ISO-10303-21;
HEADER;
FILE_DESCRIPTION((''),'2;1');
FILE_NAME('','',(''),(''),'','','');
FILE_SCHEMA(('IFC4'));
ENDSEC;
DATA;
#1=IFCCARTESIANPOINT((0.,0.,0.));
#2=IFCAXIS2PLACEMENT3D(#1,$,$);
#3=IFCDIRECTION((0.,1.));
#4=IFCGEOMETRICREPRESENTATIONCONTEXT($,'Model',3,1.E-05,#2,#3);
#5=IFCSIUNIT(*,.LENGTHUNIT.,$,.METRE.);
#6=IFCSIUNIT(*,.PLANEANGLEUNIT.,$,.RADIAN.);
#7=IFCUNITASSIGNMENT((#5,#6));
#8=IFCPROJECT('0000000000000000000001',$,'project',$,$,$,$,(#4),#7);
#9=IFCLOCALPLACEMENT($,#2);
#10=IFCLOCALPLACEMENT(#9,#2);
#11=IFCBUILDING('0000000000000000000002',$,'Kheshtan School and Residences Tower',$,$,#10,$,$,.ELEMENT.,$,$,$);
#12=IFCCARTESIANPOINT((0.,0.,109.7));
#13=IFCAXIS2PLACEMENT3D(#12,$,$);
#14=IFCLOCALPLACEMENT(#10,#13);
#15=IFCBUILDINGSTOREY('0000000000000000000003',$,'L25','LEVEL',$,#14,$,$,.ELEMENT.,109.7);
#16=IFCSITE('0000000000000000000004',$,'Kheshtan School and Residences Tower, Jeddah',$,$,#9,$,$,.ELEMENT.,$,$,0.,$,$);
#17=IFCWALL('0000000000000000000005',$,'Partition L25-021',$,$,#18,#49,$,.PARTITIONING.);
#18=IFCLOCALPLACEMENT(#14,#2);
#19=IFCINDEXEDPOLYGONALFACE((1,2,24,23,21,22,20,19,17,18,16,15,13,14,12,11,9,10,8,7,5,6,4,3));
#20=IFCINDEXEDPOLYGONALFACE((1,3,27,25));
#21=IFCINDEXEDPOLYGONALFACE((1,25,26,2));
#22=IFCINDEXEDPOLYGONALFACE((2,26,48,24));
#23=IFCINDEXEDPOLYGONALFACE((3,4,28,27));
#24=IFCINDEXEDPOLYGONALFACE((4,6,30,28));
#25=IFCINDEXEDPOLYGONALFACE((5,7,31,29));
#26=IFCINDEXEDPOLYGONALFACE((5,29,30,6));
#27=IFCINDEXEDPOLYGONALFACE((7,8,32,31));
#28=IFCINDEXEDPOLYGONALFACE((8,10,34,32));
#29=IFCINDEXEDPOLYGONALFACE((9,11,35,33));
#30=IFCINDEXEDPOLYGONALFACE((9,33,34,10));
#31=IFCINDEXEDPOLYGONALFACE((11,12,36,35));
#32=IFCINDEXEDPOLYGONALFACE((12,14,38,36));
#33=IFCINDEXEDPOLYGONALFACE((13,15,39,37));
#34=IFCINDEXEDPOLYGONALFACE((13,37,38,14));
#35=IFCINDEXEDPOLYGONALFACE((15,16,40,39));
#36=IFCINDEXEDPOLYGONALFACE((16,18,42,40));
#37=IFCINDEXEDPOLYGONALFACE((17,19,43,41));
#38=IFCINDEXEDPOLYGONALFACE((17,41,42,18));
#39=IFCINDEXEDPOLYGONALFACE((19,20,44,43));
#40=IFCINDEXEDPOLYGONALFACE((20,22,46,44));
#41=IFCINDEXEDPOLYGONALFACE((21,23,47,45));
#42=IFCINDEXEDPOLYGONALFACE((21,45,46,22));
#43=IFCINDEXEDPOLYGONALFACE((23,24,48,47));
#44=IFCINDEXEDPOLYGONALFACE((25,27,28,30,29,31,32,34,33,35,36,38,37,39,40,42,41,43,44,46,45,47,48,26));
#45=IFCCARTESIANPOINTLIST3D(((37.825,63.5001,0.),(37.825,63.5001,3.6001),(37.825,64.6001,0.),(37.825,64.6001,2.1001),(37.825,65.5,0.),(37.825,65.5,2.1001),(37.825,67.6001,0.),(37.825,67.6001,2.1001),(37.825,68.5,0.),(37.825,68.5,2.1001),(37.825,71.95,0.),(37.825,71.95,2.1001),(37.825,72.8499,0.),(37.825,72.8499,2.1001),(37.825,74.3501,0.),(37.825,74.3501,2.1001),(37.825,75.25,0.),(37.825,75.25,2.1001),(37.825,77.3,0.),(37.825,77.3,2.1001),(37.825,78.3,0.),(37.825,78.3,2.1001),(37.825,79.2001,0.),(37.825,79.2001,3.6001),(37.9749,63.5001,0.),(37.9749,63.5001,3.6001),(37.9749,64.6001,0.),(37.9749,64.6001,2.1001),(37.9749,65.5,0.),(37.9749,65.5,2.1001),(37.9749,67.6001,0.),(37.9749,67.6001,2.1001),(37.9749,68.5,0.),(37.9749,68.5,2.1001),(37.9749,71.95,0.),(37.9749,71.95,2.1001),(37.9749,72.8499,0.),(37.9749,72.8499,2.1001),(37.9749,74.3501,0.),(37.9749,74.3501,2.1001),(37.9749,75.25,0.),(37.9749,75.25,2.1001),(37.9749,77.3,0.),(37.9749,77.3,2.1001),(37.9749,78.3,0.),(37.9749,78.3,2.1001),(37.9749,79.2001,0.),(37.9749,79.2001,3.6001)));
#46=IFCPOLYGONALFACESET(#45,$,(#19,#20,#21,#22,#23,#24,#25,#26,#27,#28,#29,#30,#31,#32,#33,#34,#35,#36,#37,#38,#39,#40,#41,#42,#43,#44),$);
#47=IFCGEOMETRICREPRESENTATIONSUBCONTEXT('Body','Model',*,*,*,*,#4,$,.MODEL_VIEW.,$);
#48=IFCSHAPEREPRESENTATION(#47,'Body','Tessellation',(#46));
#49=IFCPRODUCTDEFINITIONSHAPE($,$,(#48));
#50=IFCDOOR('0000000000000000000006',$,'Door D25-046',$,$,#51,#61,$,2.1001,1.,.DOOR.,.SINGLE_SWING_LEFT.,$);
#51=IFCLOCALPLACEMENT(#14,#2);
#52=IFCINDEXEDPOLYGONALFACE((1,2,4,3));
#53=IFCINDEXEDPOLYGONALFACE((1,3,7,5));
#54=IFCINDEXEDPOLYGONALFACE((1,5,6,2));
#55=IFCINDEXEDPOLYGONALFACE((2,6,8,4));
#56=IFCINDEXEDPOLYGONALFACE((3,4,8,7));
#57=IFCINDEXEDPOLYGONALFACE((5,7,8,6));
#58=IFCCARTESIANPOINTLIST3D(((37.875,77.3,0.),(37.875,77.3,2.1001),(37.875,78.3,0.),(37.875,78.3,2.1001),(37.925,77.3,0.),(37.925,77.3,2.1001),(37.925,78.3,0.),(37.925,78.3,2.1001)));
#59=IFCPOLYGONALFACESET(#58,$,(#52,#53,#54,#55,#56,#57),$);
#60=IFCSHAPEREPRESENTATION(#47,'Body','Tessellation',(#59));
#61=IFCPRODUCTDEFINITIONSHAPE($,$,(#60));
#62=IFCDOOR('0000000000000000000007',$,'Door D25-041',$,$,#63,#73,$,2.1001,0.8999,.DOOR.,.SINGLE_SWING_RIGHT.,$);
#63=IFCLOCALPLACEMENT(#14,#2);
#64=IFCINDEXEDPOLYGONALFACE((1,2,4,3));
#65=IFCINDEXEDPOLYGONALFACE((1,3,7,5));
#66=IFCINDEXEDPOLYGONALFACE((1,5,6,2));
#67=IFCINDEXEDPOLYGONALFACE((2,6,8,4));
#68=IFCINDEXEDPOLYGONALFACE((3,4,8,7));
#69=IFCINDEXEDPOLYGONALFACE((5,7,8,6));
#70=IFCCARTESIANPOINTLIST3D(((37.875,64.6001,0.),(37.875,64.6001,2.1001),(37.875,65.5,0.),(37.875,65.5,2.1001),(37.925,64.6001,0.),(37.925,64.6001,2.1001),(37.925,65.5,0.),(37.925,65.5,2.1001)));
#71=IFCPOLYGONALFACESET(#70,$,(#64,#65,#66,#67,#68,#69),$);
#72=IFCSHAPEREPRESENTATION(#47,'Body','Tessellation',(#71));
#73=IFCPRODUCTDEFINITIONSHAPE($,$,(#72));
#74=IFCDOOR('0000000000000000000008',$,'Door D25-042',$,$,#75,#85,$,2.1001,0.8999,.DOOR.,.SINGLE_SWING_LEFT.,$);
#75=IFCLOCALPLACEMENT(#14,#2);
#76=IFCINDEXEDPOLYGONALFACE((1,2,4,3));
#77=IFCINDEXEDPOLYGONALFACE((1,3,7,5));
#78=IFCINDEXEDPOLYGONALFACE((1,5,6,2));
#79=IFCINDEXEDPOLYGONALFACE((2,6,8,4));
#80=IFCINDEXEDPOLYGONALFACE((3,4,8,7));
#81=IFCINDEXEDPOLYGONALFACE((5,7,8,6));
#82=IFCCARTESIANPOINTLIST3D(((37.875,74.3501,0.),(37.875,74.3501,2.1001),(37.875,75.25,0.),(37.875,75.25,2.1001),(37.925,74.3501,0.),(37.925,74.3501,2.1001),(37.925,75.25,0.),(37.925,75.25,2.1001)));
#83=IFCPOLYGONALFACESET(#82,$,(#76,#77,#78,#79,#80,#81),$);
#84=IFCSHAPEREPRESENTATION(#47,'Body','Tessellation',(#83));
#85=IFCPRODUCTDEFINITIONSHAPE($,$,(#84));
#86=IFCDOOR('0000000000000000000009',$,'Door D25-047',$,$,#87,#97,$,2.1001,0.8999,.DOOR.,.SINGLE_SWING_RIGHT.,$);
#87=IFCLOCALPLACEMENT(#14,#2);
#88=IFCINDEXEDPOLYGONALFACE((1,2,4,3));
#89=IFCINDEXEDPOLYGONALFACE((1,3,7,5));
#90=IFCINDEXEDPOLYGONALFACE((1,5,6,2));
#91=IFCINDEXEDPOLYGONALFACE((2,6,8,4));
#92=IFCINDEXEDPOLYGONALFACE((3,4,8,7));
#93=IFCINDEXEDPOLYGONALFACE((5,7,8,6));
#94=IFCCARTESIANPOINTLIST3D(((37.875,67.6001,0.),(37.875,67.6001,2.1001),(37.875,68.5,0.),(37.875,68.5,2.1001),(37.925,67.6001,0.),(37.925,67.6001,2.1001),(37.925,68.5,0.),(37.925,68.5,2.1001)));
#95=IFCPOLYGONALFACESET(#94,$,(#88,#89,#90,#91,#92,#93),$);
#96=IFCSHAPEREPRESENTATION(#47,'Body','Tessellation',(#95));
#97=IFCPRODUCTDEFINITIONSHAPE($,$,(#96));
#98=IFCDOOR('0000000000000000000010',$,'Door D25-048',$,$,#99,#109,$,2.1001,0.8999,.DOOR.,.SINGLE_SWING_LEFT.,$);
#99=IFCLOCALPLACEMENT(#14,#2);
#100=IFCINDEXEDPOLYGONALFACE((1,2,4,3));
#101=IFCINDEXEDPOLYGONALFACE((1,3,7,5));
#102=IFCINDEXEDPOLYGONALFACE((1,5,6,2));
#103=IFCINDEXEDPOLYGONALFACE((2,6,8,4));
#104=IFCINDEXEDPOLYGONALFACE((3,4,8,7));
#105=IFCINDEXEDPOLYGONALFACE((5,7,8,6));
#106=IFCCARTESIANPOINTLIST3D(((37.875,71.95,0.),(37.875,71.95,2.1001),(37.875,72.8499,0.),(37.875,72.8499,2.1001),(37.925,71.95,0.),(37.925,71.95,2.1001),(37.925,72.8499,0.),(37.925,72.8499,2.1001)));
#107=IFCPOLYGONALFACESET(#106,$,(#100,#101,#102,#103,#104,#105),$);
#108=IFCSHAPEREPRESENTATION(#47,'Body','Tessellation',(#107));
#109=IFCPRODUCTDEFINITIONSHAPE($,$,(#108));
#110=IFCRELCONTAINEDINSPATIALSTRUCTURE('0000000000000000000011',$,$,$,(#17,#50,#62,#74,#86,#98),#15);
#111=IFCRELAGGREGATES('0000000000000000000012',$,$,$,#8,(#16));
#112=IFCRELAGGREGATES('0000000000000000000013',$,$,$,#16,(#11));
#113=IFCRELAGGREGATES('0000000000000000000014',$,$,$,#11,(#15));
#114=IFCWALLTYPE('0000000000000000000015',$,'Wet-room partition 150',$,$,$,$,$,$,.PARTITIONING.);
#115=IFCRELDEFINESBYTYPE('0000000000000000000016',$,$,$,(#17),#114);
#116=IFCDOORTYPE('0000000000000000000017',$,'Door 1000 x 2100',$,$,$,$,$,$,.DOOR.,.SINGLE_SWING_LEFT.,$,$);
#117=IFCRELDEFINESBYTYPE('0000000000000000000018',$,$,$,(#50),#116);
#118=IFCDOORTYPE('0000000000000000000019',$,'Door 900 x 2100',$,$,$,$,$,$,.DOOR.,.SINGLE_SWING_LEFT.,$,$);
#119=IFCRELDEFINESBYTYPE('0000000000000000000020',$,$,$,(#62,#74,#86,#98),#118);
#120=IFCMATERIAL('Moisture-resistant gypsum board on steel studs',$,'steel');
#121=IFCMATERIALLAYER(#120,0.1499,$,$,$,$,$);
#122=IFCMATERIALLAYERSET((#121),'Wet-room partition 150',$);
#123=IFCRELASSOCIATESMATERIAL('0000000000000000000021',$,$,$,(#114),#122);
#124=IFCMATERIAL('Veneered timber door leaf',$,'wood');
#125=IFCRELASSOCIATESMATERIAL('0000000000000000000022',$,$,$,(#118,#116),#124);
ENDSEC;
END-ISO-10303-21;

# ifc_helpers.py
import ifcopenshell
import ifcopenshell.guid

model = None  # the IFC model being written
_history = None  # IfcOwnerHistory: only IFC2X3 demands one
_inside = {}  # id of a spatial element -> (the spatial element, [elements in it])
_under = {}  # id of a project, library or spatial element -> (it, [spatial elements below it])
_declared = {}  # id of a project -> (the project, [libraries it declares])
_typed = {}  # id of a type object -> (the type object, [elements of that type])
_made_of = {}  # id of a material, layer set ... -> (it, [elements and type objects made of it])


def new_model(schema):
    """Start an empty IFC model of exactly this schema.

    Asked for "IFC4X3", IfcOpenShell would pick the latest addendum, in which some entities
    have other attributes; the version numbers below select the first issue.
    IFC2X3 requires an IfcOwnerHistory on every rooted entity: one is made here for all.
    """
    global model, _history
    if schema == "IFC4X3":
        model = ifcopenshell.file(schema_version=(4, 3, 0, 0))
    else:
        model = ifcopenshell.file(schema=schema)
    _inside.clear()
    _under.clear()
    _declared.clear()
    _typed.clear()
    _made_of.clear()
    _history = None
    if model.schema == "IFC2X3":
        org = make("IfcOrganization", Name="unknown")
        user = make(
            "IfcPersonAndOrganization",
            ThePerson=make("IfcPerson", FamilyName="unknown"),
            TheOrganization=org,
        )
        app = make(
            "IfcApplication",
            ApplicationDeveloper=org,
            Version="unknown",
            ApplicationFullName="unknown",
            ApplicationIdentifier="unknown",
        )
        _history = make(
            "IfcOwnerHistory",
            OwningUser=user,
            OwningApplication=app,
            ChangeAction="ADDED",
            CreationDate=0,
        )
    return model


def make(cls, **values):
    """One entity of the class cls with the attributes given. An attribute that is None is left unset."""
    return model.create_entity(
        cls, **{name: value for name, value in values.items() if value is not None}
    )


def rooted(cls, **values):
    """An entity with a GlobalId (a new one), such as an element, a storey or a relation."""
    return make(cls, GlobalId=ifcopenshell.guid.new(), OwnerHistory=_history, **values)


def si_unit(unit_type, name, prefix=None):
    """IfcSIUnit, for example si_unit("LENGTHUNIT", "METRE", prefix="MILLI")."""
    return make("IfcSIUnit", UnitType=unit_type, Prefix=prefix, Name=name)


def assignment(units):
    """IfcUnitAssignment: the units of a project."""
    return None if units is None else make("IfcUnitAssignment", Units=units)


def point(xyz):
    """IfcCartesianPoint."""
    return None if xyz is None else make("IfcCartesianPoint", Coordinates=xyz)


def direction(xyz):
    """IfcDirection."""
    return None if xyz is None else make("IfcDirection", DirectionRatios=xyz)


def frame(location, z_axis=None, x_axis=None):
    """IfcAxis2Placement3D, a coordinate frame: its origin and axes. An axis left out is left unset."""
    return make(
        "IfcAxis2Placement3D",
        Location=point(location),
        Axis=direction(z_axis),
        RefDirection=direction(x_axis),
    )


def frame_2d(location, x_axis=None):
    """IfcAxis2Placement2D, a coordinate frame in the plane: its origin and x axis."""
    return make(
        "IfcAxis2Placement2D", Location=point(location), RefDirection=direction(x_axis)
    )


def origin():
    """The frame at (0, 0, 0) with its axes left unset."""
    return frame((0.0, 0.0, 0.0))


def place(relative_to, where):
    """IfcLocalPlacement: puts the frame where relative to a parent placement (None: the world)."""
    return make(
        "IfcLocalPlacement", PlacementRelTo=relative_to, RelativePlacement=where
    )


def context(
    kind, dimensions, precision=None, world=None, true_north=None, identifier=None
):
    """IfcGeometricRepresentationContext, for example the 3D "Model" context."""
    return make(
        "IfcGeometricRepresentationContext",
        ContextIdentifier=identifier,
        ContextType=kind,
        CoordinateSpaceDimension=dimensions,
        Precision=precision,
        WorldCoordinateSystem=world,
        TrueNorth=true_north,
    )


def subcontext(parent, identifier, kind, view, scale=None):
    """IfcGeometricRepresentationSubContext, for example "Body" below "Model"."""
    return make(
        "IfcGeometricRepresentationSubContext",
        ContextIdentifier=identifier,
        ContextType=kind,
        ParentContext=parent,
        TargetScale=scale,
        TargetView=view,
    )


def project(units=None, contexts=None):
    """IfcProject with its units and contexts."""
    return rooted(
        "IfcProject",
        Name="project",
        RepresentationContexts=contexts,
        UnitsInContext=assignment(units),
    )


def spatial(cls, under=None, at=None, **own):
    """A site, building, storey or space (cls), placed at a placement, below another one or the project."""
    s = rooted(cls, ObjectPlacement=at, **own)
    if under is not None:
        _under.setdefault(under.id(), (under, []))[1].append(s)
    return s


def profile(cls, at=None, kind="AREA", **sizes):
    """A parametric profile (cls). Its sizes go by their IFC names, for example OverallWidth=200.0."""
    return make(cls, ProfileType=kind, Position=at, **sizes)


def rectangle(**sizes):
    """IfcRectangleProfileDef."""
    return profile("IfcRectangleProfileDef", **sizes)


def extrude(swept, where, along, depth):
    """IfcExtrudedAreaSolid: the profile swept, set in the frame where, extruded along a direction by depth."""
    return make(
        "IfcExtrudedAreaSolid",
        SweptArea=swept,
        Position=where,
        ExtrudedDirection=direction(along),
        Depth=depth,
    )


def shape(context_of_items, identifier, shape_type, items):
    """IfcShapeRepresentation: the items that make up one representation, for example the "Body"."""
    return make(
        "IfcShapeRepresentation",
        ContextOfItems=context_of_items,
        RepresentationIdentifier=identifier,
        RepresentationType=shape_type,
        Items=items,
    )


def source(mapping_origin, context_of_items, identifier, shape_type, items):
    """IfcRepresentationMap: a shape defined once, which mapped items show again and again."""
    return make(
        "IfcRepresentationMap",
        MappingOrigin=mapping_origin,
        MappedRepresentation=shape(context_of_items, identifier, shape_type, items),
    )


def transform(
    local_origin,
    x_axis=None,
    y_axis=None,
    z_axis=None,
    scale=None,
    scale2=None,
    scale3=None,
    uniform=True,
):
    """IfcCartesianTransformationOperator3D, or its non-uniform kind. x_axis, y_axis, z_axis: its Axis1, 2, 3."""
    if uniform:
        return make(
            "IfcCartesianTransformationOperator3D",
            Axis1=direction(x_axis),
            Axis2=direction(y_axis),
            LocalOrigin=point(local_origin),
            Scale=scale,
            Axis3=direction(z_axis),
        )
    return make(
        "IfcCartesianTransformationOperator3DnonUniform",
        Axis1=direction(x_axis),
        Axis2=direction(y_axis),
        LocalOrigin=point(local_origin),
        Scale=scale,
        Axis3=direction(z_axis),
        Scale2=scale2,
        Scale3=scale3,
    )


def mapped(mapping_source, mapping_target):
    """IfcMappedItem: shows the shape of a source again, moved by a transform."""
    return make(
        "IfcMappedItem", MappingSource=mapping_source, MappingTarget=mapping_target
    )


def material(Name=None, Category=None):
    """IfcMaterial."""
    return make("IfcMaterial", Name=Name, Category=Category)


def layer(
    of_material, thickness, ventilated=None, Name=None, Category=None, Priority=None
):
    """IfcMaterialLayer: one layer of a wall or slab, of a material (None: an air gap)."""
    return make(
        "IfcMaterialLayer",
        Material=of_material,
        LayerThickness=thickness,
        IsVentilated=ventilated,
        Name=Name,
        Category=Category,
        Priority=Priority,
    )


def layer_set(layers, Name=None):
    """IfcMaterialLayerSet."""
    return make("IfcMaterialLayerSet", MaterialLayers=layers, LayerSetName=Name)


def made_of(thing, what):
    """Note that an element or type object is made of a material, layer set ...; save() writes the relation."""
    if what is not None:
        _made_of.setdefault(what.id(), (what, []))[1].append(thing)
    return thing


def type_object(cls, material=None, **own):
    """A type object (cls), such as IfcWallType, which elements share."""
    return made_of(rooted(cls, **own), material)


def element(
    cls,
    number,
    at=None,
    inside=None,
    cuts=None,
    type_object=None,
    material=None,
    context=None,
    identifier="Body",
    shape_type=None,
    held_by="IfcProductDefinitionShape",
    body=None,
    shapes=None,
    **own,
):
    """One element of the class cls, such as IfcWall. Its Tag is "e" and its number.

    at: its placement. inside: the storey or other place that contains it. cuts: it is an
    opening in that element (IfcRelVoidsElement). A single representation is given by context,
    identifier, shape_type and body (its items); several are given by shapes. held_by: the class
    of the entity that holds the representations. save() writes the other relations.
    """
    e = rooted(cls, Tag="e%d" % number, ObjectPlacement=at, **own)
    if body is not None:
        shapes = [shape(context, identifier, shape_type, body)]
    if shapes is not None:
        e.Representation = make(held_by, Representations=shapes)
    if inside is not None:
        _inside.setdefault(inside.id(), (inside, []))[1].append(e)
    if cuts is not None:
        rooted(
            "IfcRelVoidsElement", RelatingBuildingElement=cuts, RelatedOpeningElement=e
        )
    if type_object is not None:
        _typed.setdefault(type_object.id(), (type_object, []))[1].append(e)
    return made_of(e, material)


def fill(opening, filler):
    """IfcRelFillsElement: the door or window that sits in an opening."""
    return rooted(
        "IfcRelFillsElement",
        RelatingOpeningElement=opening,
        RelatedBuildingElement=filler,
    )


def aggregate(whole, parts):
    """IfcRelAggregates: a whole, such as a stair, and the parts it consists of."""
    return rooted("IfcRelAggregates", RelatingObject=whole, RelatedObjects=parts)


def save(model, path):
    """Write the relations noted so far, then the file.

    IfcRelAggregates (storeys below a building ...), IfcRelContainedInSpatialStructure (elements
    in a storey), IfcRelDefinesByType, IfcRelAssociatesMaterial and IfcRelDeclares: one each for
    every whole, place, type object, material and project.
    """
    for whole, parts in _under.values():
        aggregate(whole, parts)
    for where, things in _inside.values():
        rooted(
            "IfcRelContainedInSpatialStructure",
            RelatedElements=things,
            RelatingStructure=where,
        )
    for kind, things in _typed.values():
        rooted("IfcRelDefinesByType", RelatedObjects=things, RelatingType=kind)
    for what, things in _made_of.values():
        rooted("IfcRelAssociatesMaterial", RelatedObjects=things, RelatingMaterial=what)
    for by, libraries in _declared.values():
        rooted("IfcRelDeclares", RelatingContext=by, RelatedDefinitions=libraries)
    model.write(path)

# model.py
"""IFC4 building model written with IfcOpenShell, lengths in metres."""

from ifc_helpers import new_model, si_unit, direction, frame, frame_2d, origin, place, context, subcontext, project, spatial, rectangle, extrude, source, transform, mapped, material, layer, layer_set, type_object, element, fill, save


model = new_model("IFC4")

# Units and contexts
model_context = context("Model", 3, precision=1e-05, world=origin(), true_north=direction((0.0, 1.0)))
body_context = subcontext(model_context, "Body", "Model", "MODEL_VIEW")
ifc_project = project(units=[si_unit("LENGTHUNIT", "METRE"), si_unit("PLANEANGLEUNIT", "RADIAN")], contexts=[model_context])

# Site, building, storey
site_placement = place(None, origin())
site = spatial("IfcSite", under=ifc_project, at=site_placement, Name="Kheshtan School and Residences Tower, Jeddah", CompositionType="ELEMENT", RefElevation=0.0)
building_placement = place(site_placement, origin())
building = spatial("IfcBuilding", under=site, at=building_placement, Name="Kheshtan School and Residences Tower", CompositionType="ELEMENT")
storey_placement = place(building_placement, frame((0.0, 0.0, 109.7)))
storey = spatial("IfcBuildingStorey", under=building, at=storey_placement, Name="L25", Description="LEVEL", CompositionType="ELEMENT", Elevation=109.7)

# Shared definitions
ifc_material_1 = material(Name="Moisture-resistant gypsum board on steel studs", Category="steel")
ifc_layer_1 = layer(ifc_material_1, 0.1499)
ifc_layer_set_1 = layer_set([ifc_layer_1], Name="Wet-room partition 150")
wall_type_1 = type_object("IfcWallType", Name="Wet-room partition 150", PredefinedType="PARTITIONING", material=ifc_layer_set_1)

# Wall, openings, doors
ifc_material_2 = material(Name="Veneered timber door leaf", Category="wood")
door_type_1 = type_object("IfcDoorType", Name="Door 900 x 2100", OperationType="SINGLE_SWING_LEFT", PredefinedType="DOOR", material=ifc_material_2)
shared_shape_1 = source(origin(), body_context, "Body", "SweptSolid", [
    extrude(rectangle(XDim=0.8999, YDim=2.1001, at=frame_2d((0.45, 1.05))), frame((0.0, 0.0249, 0.0), z_axis=(0.0, -1.0, 0.0), x_axis=(1.0, 0.0, 0.0)), (0.0, 0.0, 1.0), 0.05),
])
wall_1_placement = place(storey_placement, frame((37.8999, 63.5, 0.0), z_axis=(0.0, 0.0, 1.0), x_axis=(0.0, 1.0, 0.0)))
wall_1 = element("IfcWall", 1, at=wall_1_placement, inside=storey, type_object=wall_type_1, Name="Partition L25-021", PredefinedType="PARTITIONING", context=body_context, shape_type="SweptSolid", body=[
    extrude(rectangle(XDim=15.7, YDim=0.1499, at=frame_2d((7.8501, 0.0))), origin(), (0.0, 0.0, 1.0), 3.6001),
])
opening_1_placement = place(wall_1_placement, frame((1.1001, 0.0, 0.0)))
opening_1 = element("IfcOpeningElement", 2, at=opening_1_placement, cuts=wall_1, PredefinedType="OPENING", context=body_context, shape_type="SweptSolid", body=[
    extrude(rectangle(XDim=0.8999, YDim=2.1001, at=frame_2d((0.45, 1.05))), frame((0.0, 0.085, 0.0), z_axis=(0.0, -1.0, 0.0), x_axis=(1.0, 0.0, 0.0)), (0.0, 0.0, 1.0), 0.1699),
])
opening_2_placement = place(wall_1_placement, frame((10.8501, 0.0, 0.0)))
opening_2 = element("IfcOpeningElement", 3, at=opening_2_placement, cuts=wall_1, PredefinedType="OPENING", context=body_context, shape_type="SweptSolid", body=[
    extrude(rectangle(XDim=0.8999, YDim=2.1001, at=frame_2d((0.45, 1.05))), frame((0.0, 0.085, 0.0), z_axis=(0.0, -1.0, 0.0), x_axis=(1.0, 0.0, 0.0)), (0.0, 0.0, 1.0), 0.1699),
])
opening_3_placement = place(wall_1_placement, frame((13.8, 0.0, 0.0)))
opening_3 = element("IfcOpeningElement", 4, at=opening_3_placement, cuts=wall_1, PredefinedType="OPENING", context=body_context, shape_type="SweptSolid", body=[
    extrude(rectangle(XDim=1.0, YDim=2.1001, at=frame_2d((0.5, 1.05))), frame((0.0, 0.085, 0.0), z_axis=(0.0, -1.0, 0.0), x_axis=(1.0, 0.0, 0.0)), (0.0, 0.0, 1.0), 0.1699),
])
opening_4_placement = place(wall_1_placement, frame((4.1001, 0.0, 0.0)))
opening_4 = element("IfcOpeningElement", 5, at=opening_4_placement, cuts=wall_1, PredefinedType="OPENING", context=body_context, shape_type="SweptSolid", body=[
    extrude(rectangle(XDim=0.8999, YDim=2.1001, at=frame_2d((0.45, 1.05))), frame((0.0, 0.085, 0.0), z_axis=(0.0, -1.0, 0.0), x_axis=(1.0, 0.0, 0.0)), (0.0, 0.0, 1.0), 0.1699),
])
opening_5_placement = place(wall_1_placement, frame((8.45, 0.0, 0.0)))
opening_5 = element("IfcOpeningElement", 6, at=opening_5_placement, cuts=wall_1, PredefinedType="OPENING", context=body_context, shape_type="SweptSolid", body=[
    extrude(rectangle(XDim=0.8999, YDim=2.1001, at=frame_2d((0.45, 1.05))), frame((0.0, 0.085, 0.0), z_axis=(0.0, -1.0, 0.0), x_axis=(1.0, 0.0, 0.0)), (0.0, 0.0, 1.0), 0.1699),
])
door_type_2 = type_object("IfcDoorType", Name="Door 1000 x 2100", OperationType="SINGLE_SWING_LEFT", PredefinedType="DOOR", material=ifc_material_2)
shared_shape_2 = source(origin(), body_context, "Body", "SweptSolid", [
    extrude(rectangle(XDim=1.0, YDim=2.1001, at=frame_2d((0.5, 1.05))), frame((0.0, 0.0249, 0.0), z_axis=(0.0, -1.0, 0.0), x_axis=(1.0, 0.0, 0.0)), (0.0, 0.0, 1.0), 0.05),
])
door_1_placement = place(opening_3_placement, origin())
door_1 = element("IfcDoor", 7, at=door_1_placement, inside=storey, type_object=door_type_2, Name="Door D25-046", OperationType="SINGLE_SWING_LEFT", OverallHeight=2.1001, OverallWidth=1.0, PredefinedType="DOOR", context=body_context, shape_type="MappedRepresentation", body=[
    mapped(shared_shape_2, transform((0.0, 0.0, 0.0), x_axis=(1.0, 0.0, 0.0), y_axis=(0.0, 1.0, 0.0), z_axis=(0.0, 0.0, 1.0), scale=1.0)),
])
fill(opening_3, door_1)
door_2_placement = place(opening_1_placement, origin())
door_2 = element("IfcDoor", 8, at=door_2_placement, inside=storey, type_object=door_type_1, Name="Door D25-041", OperationType="SINGLE_SWING_RIGHT", OverallHeight=2.1001, OverallWidth=0.8999, PredefinedType="DOOR", context=body_context, shape_type="MappedRepresentation", body=[
    mapped(shared_shape_1, transform((0.0, 0.0, 0.0), x_axis=(1.0, 0.0, 0.0), y_axis=(0.0, 1.0, 0.0), z_axis=(0.0, 0.0, 1.0), scale=1.0)),
])
fill(opening_1, door_2)
door_3_placement = place(opening_2_placement, origin())
door_3 = element("IfcDoor", 9, at=door_3_placement, inside=storey, type_object=door_type_1, Name="Door D25-042", OperationType="SINGLE_SWING_LEFT", OverallHeight=2.1001, OverallWidth=0.8999, PredefinedType="DOOR", context=body_context, shape_type="MappedRepresentation", body=[
    mapped(shared_shape_1, transform((0.0, 0.0, 0.0), x_axis=(1.0, 0.0, 0.0), y_axis=(0.0, 1.0, 0.0), z_axis=(0.0, 0.0, 1.0), scale=1.0)),
])
fill(opening_2, door_3)
door_4_placement = place(opening_4_placement, origin())
door_4 = element("IfcDoor", 10, at=door_4_placement, inside=storey, type_object=door_type_1, Name="Door D25-047", OperationType="SINGLE_SWING_RIGHT", OverallHeight=2.1001, OverallWidth=0.8999, PredefinedType="DOOR", context=body_context, shape_type="MappedRepresentation", body=[
    mapped(shared_shape_1, transform((0.0, 0.0, 0.0), x_axis=(1.0, 0.0, 0.0), y_axis=(0.0, 1.0, 0.0), z_axis=(0.0, 0.0, 1.0), scale=1.0)),
])
fill(opening_4, door_4)
door_5_placement = place(opening_5_placement, origin())
door_5 = element("IfcDoor", 11, at=door_5_placement, inside=storey, type_object=door_type_1, Name="Door D25-048", OperationType="SINGLE_SWING_LEFT", OverallHeight=2.1001, OverallWidth=0.8999, PredefinedType="DOOR", context=body_context, shape_type="MappedRepresentation", body=[
    mapped(shared_shape_1, transform((0.0, 0.0, 0.0), x_axis=(1.0, 0.0, 0.0), y_axis=(0.0, 1.0, 0.0), z_axis=(0.0, 0.0, 1.0), scale=1.0)),
])
fill(opening_5, door_5)

save(model, "model.ifc")
